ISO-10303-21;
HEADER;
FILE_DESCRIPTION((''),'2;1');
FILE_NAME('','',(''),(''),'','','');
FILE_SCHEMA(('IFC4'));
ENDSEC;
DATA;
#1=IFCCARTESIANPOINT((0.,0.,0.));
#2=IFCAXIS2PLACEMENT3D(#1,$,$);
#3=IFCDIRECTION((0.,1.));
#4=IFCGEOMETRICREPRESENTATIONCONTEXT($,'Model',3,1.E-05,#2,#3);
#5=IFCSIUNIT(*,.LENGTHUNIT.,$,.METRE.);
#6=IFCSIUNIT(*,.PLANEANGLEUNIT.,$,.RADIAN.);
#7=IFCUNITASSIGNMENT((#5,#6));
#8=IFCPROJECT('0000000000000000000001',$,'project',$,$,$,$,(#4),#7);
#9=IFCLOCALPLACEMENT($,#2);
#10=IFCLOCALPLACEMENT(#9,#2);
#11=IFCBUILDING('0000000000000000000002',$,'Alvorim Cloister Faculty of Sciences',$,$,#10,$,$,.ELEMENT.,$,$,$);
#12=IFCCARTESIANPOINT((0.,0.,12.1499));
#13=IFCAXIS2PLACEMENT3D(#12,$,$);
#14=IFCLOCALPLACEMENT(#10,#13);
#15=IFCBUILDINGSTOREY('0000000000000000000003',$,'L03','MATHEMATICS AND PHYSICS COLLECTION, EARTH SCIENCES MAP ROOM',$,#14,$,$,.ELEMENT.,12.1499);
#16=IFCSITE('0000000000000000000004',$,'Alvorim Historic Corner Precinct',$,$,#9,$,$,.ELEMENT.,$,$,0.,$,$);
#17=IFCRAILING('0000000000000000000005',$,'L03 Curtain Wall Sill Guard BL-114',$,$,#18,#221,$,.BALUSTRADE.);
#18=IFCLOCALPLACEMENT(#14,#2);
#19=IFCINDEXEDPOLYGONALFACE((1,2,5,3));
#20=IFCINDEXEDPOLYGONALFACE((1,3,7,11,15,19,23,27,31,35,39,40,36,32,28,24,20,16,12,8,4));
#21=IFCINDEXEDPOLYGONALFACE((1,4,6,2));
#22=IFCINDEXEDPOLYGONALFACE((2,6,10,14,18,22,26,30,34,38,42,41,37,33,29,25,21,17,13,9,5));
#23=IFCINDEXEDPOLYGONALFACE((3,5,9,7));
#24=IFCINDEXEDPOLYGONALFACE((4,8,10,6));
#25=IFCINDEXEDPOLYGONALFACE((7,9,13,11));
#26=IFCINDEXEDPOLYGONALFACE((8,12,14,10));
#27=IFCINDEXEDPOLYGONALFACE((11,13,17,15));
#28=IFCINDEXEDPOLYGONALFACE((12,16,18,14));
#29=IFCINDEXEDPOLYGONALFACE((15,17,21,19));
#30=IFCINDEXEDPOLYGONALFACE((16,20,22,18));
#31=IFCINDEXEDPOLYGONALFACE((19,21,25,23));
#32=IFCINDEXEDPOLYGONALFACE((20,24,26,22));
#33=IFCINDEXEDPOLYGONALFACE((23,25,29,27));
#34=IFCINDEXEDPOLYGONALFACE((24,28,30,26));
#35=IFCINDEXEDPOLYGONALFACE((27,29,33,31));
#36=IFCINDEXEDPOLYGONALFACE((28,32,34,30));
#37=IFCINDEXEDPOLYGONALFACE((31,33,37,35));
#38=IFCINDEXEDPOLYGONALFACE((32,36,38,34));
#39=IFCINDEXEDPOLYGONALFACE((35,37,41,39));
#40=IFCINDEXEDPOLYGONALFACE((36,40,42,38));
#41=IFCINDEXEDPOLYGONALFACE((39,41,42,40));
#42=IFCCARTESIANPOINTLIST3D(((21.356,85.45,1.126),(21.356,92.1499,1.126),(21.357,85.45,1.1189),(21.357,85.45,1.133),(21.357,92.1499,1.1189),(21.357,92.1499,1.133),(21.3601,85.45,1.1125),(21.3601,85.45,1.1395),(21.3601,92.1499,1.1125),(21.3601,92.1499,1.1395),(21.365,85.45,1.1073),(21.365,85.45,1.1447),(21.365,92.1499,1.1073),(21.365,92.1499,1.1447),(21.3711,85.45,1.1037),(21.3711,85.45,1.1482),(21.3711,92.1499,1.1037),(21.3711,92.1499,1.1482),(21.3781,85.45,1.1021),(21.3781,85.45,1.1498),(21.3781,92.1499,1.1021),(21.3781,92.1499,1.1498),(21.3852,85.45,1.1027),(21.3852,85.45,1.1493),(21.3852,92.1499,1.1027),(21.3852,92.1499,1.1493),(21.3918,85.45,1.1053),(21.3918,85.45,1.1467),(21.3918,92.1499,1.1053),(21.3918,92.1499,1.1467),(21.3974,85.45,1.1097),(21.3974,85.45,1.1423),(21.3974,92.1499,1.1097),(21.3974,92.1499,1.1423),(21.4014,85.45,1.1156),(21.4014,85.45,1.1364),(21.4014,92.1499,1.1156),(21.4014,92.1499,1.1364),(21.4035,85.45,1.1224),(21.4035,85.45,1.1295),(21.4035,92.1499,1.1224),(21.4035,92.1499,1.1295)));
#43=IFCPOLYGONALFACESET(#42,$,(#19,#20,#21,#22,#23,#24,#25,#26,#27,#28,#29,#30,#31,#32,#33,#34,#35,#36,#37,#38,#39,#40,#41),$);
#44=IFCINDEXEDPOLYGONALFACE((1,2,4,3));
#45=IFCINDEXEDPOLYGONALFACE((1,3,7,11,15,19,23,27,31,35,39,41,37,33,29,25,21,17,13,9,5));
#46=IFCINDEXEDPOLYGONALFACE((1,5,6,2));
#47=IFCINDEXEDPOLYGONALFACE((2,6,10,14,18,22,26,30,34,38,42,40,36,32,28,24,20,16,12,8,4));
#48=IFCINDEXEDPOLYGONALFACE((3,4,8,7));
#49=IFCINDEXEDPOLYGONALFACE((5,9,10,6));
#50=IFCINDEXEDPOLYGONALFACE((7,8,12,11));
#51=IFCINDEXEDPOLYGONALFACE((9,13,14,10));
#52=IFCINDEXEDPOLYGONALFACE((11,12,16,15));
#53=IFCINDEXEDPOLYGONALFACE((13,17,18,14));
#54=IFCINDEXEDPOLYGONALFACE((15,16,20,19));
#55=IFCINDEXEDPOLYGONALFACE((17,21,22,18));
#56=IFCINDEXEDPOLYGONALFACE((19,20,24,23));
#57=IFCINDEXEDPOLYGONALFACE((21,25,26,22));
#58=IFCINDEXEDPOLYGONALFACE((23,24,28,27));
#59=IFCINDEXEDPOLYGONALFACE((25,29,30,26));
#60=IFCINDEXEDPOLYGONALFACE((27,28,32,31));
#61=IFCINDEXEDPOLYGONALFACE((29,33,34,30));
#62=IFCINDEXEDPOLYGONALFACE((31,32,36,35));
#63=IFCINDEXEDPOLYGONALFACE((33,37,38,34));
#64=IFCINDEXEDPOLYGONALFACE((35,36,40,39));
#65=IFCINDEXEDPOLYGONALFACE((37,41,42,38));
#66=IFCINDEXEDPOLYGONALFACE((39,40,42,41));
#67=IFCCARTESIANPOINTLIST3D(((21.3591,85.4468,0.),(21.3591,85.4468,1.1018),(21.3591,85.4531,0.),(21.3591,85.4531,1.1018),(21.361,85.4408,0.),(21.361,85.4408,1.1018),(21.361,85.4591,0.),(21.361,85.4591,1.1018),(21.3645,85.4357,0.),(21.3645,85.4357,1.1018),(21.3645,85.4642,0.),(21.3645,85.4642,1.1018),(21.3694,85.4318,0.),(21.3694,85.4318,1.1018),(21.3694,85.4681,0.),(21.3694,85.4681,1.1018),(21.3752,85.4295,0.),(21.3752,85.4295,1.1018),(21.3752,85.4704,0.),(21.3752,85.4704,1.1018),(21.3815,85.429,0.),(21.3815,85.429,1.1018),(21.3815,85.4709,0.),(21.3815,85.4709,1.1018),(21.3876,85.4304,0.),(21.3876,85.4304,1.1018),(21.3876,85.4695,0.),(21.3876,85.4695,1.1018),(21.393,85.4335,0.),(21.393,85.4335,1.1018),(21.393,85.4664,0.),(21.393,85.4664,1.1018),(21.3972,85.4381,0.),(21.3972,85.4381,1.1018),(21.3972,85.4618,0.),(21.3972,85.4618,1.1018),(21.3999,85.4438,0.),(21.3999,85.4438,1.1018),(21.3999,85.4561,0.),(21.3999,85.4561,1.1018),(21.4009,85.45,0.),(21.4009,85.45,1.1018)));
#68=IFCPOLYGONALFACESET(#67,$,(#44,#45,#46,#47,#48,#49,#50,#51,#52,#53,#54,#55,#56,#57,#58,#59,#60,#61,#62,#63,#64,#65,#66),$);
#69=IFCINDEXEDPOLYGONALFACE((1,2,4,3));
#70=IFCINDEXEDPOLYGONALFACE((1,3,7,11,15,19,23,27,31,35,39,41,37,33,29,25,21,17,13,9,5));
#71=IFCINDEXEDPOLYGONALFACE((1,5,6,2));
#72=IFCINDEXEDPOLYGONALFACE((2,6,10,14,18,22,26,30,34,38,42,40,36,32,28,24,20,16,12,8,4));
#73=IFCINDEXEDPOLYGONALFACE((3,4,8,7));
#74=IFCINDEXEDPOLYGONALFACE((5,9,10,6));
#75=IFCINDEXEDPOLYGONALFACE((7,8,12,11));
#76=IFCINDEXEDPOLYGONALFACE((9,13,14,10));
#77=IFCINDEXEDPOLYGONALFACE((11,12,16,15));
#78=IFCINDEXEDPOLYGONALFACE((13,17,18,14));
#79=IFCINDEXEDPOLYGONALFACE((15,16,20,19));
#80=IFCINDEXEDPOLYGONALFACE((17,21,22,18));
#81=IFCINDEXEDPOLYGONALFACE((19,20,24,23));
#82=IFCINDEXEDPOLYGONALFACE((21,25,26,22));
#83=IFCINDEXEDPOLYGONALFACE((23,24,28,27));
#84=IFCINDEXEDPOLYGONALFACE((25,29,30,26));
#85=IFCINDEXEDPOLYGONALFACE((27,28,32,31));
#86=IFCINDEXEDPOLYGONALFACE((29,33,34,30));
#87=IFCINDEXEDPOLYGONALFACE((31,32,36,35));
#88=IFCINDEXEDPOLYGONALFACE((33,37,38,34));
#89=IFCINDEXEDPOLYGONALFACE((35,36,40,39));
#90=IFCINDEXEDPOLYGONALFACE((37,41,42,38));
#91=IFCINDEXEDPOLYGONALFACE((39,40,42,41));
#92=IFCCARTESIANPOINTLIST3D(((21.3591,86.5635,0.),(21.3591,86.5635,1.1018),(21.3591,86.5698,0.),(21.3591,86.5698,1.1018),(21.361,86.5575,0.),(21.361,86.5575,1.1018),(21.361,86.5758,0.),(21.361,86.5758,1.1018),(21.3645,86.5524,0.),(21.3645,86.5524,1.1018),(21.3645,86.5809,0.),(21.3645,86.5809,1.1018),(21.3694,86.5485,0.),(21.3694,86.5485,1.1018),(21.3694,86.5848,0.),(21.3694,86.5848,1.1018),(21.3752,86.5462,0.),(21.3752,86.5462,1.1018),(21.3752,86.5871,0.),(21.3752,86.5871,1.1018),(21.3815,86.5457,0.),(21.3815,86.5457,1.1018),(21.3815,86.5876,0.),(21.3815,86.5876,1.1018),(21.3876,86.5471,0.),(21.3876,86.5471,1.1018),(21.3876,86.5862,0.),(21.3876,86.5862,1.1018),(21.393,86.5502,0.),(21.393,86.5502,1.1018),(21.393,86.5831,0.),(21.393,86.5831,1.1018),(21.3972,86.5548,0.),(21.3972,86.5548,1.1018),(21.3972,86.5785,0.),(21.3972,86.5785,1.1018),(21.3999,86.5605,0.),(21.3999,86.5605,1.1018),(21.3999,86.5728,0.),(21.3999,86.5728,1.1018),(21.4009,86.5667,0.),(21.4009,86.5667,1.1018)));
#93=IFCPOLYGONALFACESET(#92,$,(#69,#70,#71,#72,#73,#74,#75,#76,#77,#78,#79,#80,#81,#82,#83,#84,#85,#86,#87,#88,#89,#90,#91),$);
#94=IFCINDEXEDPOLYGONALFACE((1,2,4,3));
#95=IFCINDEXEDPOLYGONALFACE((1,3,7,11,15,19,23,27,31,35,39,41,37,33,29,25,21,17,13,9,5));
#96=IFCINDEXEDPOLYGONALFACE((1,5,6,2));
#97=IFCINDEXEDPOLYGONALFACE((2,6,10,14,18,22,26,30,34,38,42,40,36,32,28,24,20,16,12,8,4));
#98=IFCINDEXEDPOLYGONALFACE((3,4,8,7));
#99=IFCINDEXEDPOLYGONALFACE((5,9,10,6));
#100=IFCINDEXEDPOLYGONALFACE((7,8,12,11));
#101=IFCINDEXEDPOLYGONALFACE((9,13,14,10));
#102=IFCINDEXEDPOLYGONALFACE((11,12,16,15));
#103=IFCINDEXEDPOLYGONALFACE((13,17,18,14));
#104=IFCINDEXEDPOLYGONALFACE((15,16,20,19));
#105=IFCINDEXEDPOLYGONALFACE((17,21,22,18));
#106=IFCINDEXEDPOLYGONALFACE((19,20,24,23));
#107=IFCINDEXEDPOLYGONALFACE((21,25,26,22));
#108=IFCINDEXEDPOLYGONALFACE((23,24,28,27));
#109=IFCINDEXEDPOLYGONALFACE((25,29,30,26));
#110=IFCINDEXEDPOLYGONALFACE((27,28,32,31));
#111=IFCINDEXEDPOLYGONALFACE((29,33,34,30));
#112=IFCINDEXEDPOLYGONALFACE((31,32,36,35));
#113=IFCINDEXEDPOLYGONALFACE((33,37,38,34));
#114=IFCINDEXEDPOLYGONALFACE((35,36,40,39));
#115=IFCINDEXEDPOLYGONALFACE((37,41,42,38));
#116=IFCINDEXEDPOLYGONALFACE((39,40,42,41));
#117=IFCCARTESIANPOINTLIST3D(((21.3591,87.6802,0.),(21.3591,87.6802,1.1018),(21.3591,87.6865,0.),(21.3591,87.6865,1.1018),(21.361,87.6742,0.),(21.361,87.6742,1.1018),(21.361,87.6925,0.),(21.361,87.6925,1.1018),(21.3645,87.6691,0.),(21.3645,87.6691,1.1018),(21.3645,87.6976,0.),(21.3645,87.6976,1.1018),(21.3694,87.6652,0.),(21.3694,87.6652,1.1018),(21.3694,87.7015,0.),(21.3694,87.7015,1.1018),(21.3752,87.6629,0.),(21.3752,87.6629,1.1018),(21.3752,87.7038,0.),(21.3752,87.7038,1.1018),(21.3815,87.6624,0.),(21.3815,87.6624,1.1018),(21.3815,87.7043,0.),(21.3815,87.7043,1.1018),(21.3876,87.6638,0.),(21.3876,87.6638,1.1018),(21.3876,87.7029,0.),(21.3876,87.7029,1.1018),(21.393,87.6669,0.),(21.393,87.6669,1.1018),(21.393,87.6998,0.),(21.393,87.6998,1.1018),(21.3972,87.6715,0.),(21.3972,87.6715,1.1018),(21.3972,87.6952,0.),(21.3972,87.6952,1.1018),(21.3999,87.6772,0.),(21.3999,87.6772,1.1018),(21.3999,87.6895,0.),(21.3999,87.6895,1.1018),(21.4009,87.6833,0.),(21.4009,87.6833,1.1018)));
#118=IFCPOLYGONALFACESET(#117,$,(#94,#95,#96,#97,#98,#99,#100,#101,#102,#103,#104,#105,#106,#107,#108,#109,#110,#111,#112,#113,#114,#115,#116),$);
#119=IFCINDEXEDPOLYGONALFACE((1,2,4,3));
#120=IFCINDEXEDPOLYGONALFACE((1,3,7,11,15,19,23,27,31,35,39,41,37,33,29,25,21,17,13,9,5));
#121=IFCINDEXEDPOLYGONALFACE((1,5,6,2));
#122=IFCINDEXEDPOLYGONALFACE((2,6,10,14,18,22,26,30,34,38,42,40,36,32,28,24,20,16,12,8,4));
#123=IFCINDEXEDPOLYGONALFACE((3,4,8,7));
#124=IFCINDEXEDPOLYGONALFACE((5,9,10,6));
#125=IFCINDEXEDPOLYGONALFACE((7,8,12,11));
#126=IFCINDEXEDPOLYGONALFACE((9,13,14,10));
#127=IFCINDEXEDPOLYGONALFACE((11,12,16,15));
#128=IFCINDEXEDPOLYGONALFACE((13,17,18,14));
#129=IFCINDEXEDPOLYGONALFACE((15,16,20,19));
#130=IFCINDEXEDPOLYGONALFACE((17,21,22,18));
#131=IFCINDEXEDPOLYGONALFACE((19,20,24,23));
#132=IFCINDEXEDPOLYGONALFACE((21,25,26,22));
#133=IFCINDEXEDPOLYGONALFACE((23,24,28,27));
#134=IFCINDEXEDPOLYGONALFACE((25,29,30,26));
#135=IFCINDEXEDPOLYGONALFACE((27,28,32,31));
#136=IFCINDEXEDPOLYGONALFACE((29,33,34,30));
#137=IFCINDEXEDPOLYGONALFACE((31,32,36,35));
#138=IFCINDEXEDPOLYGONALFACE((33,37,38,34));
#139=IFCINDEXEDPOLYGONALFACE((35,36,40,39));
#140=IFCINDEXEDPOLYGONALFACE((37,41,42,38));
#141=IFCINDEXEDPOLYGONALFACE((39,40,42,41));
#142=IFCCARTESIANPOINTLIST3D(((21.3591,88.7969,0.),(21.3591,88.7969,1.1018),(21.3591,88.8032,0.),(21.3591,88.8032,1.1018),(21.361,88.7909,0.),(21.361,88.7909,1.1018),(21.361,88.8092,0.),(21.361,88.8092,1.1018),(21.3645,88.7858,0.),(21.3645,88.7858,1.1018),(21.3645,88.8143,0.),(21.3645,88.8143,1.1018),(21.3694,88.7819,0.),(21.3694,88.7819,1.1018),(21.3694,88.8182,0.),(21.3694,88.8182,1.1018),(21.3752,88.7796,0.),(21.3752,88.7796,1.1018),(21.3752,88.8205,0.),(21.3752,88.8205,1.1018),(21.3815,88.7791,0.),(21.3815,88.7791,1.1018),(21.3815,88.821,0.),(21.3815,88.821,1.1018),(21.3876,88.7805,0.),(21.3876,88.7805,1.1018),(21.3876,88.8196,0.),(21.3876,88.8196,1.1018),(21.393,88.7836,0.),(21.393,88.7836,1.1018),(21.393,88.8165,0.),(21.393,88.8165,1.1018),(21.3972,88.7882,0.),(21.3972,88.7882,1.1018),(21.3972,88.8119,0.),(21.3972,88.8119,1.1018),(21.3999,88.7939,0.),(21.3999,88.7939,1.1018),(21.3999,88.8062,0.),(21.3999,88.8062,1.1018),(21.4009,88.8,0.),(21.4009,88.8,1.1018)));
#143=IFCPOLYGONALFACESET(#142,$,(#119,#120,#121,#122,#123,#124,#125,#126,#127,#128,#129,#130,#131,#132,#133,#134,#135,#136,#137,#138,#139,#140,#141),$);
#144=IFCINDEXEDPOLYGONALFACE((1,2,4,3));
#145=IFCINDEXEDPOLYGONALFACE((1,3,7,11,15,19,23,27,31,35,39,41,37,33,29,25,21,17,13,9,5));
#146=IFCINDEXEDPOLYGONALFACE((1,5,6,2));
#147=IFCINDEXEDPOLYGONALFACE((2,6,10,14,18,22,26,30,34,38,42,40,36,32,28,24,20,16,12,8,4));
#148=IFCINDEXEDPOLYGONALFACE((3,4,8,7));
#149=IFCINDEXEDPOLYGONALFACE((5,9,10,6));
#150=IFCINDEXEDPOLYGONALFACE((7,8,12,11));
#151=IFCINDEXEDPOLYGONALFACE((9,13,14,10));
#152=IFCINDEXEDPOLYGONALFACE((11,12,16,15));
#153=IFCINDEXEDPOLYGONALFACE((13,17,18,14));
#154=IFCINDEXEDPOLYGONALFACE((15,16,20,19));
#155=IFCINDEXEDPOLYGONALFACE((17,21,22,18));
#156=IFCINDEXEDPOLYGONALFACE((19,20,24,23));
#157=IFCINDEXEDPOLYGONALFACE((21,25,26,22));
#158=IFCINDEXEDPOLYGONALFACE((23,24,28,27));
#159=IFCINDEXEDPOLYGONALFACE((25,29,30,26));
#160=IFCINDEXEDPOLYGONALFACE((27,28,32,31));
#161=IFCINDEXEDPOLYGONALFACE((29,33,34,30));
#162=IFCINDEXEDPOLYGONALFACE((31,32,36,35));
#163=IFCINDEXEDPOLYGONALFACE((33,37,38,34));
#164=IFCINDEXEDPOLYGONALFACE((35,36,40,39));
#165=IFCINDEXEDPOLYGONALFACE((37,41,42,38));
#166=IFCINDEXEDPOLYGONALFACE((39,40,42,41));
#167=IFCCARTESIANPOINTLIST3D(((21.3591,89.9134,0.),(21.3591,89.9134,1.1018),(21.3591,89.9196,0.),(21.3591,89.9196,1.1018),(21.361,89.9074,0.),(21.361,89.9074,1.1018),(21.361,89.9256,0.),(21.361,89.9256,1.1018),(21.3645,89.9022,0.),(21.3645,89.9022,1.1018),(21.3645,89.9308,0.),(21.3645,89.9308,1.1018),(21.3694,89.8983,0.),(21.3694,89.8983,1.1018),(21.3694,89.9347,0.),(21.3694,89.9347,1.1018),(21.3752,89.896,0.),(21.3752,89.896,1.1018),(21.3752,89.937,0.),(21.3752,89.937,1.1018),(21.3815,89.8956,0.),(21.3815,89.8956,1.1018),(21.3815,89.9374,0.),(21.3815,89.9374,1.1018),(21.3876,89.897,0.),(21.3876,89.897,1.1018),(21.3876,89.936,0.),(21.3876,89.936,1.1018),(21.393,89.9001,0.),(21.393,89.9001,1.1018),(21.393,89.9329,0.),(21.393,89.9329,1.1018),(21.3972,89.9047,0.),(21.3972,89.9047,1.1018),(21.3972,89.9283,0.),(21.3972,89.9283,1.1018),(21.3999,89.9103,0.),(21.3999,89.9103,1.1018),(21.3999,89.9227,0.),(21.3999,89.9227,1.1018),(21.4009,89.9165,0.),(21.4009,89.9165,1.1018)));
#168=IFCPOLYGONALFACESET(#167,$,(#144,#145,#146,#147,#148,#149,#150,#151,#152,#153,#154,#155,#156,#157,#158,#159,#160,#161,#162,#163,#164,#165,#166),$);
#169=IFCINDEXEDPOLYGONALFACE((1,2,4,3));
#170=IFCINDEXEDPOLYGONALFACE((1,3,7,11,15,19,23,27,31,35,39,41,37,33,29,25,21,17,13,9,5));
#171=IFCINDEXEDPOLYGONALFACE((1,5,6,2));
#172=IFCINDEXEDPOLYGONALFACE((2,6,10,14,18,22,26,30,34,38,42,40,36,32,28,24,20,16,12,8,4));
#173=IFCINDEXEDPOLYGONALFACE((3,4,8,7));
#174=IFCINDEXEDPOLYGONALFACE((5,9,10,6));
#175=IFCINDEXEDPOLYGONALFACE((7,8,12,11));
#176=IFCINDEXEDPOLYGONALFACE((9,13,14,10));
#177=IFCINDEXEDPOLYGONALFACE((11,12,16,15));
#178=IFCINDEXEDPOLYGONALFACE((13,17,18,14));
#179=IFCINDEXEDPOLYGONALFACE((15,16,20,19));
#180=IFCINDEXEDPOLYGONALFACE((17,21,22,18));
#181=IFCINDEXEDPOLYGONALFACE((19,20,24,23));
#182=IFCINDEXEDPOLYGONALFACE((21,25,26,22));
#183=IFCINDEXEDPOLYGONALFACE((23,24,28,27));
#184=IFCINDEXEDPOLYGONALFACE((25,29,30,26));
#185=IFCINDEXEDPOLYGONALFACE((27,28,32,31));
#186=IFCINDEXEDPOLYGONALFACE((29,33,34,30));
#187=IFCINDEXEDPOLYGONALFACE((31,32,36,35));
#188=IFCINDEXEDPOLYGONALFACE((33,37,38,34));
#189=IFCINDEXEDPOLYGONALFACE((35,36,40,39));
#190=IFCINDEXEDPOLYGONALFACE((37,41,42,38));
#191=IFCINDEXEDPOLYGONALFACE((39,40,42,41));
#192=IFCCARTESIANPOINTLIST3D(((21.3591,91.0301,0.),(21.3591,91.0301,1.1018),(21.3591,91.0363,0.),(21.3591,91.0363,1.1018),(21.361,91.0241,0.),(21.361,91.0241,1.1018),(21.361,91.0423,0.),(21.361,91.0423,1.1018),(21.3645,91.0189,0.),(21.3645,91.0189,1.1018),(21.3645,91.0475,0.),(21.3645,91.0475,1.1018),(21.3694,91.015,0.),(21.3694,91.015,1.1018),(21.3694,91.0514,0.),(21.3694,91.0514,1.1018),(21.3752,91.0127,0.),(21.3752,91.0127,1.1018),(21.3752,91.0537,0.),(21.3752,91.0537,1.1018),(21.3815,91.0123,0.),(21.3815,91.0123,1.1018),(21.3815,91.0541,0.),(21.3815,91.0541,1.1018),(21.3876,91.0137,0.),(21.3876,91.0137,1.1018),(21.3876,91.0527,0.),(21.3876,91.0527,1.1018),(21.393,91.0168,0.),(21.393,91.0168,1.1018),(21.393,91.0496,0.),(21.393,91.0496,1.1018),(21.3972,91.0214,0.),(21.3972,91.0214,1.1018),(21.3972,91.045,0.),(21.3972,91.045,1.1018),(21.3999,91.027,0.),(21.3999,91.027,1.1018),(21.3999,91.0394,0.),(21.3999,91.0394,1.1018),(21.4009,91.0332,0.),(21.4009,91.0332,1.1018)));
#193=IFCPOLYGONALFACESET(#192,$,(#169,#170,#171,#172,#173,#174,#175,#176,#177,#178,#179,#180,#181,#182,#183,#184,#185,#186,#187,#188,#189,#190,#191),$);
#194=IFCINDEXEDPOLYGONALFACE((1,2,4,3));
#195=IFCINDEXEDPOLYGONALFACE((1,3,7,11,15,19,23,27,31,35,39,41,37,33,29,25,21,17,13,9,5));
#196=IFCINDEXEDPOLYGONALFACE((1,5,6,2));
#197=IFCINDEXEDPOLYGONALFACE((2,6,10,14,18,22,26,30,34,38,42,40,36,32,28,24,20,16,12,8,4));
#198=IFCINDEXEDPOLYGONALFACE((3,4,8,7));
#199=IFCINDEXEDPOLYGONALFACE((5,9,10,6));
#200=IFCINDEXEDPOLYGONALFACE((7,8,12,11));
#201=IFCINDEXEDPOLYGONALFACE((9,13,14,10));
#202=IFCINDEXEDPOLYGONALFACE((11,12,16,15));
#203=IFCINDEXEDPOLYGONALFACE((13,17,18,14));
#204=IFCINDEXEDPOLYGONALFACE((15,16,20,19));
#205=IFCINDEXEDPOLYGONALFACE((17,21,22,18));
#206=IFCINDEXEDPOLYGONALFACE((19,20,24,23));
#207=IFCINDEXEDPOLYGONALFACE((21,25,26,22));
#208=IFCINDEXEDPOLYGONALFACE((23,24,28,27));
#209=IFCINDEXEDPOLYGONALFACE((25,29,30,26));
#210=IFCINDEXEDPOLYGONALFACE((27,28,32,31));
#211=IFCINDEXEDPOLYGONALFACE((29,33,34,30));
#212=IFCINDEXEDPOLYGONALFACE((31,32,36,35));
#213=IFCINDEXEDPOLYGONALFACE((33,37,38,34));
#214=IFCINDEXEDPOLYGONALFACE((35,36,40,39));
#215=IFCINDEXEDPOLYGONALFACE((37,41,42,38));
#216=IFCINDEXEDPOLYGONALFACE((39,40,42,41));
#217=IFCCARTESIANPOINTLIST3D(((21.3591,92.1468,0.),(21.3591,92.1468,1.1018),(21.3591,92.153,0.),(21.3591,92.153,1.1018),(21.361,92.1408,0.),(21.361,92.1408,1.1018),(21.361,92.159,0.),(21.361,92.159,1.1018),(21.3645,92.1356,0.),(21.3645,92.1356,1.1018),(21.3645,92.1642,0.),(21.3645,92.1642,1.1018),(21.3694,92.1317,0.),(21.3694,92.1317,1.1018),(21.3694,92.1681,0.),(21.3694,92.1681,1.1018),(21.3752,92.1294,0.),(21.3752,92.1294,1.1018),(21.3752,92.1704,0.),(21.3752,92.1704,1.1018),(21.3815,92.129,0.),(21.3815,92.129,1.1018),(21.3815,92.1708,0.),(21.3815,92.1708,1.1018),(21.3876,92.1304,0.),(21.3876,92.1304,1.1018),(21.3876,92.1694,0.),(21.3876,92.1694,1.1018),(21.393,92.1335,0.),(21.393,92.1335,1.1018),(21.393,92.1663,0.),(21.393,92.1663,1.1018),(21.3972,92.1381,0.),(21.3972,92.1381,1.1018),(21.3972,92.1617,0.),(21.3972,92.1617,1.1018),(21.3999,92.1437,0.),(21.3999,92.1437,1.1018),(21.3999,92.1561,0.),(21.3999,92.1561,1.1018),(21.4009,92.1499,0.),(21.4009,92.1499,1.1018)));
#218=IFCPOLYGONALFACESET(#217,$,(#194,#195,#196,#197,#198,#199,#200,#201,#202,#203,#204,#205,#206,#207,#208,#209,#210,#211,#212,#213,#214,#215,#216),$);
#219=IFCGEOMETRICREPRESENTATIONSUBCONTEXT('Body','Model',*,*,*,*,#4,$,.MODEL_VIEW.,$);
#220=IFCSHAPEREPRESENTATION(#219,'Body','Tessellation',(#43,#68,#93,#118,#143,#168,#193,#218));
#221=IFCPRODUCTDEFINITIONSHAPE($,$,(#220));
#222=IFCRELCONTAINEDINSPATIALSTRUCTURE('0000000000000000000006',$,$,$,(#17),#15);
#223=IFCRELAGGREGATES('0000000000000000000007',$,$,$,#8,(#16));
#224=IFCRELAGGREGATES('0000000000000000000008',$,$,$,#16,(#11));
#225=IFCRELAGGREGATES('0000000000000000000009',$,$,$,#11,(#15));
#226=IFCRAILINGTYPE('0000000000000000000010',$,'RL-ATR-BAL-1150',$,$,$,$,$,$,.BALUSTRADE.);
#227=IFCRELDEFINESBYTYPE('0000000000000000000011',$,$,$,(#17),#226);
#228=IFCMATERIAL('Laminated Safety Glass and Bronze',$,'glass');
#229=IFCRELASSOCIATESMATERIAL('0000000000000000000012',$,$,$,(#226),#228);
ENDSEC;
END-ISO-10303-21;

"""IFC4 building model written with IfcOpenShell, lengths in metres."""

from ifc_helpers import new_model, si_unit, direction, frame, origin, origin_2d, place, context, subcontext, project, spatial, circle, extrude, material, type_object, element, save


model = new_model("IFC4")

# Units and contexts
model_context = context("Model", 3, precision=1e-05, world=origin(), true_north=direction((0.0, 1.0)))
body_context = subcontext(model_context, "Body", "Model", "MODEL_VIEW")
ifc_project = project(units=[si_unit("LENGTHUNIT", "METRE"), si_unit("PLANEANGLEUNIT", "RADIAN")], contexts=[model_context])

# Site, building, storey
site_placement = place(None, origin())
site = spatial("IfcSite", under=ifc_project, at=site_placement, Name="Alvorim Historic Corner Precinct", CompositionType="ELEMENT", RefElevation=0.0)
building_placement = place(site_placement, origin())
building = spatial("IfcBuilding", under=site, at=building_placement, Name="Alvorim Cloister Faculty of Sciences", CompositionType="ELEMENT")
storey_placement = place(building_placement, frame((0.0, 0.0, 12.1499)))
storey = spatial("IfcBuildingStorey", under=building, at=storey_placement, Name="L03", Description="MATHEMATICS AND PHYSICS COLLECTION, EARTH SCIENCES MAP ROOM", CompositionType="ELEMENT", Elevation=12.1499)

# Railing
ifc_material_1 = material(Name="Laminated Safety Glass and Bronze", Category="glass")
railing_type = type_object("IfcRailingType", Name="RL-ATR-BAL-1150", PredefinedType="BALUSTRADE", material=ifc_material_1)
railing_placement = place(storey_placement, frame((21.3799, 85.45, 0.0)))
element("IfcRailing", 1, at=railing_placement, inside=storey, type_object=railing_type, Name="L03 Curtain Wall Sill Guard BL-114", PredefinedType="BALUSTRADE", context=body_context, shape_type="SweptSolid", body=[
    extrude(circle(Radius=0.0239, at=origin_2d()), frame((0.0, 0.0, 1.126), z_axis=(0.0, 1.0, 0.0), x_axis=(-1.0, 0.0, 0.0)), (0.0, 0.0, 1.0), 6.7),
    extrude(circle(Radius=0.021, at=origin_2d()), origin(), (0.0, 0.0, 1.0), 1.1018),
    extrude(circle(Radius=0.021, at=origin_2d()), frame((0.0, 1.1167, 0.0)), (0.0, 0.0, 1.0), 1.1018),
    extrude(circle(Radius=0.021, at=origin_2d()), frame((0.0, 2.2334, 0.0)), (0.0, 0.0, 1.0), 1.1018),
    extrude(circle(Radius=0.021, at=origin_2d()), frame((0.0, 3.3501, 0.0)), (0.0, 0.0, 1.0), 1.1018),
    extrude(circle(Radius=0.021, at=origin_2d()), frame((0.0, 4.4666, 0.0)), (0.0, 0.0, 1.0), 1.1018),
    extrude(circle(Radius=0.021, at=origin_2d()), frame((0.0, 5.5833, 0.0)), (0.0, 0.0, 1.0), 1.1018),
    extrude(circle(Radius=0.021, at=origin_2d()), frame((0.0, 6.7, 0.0)), (0.0, 0.0, 1.0), 1.1018),
])

save(model, "model.ifc")
